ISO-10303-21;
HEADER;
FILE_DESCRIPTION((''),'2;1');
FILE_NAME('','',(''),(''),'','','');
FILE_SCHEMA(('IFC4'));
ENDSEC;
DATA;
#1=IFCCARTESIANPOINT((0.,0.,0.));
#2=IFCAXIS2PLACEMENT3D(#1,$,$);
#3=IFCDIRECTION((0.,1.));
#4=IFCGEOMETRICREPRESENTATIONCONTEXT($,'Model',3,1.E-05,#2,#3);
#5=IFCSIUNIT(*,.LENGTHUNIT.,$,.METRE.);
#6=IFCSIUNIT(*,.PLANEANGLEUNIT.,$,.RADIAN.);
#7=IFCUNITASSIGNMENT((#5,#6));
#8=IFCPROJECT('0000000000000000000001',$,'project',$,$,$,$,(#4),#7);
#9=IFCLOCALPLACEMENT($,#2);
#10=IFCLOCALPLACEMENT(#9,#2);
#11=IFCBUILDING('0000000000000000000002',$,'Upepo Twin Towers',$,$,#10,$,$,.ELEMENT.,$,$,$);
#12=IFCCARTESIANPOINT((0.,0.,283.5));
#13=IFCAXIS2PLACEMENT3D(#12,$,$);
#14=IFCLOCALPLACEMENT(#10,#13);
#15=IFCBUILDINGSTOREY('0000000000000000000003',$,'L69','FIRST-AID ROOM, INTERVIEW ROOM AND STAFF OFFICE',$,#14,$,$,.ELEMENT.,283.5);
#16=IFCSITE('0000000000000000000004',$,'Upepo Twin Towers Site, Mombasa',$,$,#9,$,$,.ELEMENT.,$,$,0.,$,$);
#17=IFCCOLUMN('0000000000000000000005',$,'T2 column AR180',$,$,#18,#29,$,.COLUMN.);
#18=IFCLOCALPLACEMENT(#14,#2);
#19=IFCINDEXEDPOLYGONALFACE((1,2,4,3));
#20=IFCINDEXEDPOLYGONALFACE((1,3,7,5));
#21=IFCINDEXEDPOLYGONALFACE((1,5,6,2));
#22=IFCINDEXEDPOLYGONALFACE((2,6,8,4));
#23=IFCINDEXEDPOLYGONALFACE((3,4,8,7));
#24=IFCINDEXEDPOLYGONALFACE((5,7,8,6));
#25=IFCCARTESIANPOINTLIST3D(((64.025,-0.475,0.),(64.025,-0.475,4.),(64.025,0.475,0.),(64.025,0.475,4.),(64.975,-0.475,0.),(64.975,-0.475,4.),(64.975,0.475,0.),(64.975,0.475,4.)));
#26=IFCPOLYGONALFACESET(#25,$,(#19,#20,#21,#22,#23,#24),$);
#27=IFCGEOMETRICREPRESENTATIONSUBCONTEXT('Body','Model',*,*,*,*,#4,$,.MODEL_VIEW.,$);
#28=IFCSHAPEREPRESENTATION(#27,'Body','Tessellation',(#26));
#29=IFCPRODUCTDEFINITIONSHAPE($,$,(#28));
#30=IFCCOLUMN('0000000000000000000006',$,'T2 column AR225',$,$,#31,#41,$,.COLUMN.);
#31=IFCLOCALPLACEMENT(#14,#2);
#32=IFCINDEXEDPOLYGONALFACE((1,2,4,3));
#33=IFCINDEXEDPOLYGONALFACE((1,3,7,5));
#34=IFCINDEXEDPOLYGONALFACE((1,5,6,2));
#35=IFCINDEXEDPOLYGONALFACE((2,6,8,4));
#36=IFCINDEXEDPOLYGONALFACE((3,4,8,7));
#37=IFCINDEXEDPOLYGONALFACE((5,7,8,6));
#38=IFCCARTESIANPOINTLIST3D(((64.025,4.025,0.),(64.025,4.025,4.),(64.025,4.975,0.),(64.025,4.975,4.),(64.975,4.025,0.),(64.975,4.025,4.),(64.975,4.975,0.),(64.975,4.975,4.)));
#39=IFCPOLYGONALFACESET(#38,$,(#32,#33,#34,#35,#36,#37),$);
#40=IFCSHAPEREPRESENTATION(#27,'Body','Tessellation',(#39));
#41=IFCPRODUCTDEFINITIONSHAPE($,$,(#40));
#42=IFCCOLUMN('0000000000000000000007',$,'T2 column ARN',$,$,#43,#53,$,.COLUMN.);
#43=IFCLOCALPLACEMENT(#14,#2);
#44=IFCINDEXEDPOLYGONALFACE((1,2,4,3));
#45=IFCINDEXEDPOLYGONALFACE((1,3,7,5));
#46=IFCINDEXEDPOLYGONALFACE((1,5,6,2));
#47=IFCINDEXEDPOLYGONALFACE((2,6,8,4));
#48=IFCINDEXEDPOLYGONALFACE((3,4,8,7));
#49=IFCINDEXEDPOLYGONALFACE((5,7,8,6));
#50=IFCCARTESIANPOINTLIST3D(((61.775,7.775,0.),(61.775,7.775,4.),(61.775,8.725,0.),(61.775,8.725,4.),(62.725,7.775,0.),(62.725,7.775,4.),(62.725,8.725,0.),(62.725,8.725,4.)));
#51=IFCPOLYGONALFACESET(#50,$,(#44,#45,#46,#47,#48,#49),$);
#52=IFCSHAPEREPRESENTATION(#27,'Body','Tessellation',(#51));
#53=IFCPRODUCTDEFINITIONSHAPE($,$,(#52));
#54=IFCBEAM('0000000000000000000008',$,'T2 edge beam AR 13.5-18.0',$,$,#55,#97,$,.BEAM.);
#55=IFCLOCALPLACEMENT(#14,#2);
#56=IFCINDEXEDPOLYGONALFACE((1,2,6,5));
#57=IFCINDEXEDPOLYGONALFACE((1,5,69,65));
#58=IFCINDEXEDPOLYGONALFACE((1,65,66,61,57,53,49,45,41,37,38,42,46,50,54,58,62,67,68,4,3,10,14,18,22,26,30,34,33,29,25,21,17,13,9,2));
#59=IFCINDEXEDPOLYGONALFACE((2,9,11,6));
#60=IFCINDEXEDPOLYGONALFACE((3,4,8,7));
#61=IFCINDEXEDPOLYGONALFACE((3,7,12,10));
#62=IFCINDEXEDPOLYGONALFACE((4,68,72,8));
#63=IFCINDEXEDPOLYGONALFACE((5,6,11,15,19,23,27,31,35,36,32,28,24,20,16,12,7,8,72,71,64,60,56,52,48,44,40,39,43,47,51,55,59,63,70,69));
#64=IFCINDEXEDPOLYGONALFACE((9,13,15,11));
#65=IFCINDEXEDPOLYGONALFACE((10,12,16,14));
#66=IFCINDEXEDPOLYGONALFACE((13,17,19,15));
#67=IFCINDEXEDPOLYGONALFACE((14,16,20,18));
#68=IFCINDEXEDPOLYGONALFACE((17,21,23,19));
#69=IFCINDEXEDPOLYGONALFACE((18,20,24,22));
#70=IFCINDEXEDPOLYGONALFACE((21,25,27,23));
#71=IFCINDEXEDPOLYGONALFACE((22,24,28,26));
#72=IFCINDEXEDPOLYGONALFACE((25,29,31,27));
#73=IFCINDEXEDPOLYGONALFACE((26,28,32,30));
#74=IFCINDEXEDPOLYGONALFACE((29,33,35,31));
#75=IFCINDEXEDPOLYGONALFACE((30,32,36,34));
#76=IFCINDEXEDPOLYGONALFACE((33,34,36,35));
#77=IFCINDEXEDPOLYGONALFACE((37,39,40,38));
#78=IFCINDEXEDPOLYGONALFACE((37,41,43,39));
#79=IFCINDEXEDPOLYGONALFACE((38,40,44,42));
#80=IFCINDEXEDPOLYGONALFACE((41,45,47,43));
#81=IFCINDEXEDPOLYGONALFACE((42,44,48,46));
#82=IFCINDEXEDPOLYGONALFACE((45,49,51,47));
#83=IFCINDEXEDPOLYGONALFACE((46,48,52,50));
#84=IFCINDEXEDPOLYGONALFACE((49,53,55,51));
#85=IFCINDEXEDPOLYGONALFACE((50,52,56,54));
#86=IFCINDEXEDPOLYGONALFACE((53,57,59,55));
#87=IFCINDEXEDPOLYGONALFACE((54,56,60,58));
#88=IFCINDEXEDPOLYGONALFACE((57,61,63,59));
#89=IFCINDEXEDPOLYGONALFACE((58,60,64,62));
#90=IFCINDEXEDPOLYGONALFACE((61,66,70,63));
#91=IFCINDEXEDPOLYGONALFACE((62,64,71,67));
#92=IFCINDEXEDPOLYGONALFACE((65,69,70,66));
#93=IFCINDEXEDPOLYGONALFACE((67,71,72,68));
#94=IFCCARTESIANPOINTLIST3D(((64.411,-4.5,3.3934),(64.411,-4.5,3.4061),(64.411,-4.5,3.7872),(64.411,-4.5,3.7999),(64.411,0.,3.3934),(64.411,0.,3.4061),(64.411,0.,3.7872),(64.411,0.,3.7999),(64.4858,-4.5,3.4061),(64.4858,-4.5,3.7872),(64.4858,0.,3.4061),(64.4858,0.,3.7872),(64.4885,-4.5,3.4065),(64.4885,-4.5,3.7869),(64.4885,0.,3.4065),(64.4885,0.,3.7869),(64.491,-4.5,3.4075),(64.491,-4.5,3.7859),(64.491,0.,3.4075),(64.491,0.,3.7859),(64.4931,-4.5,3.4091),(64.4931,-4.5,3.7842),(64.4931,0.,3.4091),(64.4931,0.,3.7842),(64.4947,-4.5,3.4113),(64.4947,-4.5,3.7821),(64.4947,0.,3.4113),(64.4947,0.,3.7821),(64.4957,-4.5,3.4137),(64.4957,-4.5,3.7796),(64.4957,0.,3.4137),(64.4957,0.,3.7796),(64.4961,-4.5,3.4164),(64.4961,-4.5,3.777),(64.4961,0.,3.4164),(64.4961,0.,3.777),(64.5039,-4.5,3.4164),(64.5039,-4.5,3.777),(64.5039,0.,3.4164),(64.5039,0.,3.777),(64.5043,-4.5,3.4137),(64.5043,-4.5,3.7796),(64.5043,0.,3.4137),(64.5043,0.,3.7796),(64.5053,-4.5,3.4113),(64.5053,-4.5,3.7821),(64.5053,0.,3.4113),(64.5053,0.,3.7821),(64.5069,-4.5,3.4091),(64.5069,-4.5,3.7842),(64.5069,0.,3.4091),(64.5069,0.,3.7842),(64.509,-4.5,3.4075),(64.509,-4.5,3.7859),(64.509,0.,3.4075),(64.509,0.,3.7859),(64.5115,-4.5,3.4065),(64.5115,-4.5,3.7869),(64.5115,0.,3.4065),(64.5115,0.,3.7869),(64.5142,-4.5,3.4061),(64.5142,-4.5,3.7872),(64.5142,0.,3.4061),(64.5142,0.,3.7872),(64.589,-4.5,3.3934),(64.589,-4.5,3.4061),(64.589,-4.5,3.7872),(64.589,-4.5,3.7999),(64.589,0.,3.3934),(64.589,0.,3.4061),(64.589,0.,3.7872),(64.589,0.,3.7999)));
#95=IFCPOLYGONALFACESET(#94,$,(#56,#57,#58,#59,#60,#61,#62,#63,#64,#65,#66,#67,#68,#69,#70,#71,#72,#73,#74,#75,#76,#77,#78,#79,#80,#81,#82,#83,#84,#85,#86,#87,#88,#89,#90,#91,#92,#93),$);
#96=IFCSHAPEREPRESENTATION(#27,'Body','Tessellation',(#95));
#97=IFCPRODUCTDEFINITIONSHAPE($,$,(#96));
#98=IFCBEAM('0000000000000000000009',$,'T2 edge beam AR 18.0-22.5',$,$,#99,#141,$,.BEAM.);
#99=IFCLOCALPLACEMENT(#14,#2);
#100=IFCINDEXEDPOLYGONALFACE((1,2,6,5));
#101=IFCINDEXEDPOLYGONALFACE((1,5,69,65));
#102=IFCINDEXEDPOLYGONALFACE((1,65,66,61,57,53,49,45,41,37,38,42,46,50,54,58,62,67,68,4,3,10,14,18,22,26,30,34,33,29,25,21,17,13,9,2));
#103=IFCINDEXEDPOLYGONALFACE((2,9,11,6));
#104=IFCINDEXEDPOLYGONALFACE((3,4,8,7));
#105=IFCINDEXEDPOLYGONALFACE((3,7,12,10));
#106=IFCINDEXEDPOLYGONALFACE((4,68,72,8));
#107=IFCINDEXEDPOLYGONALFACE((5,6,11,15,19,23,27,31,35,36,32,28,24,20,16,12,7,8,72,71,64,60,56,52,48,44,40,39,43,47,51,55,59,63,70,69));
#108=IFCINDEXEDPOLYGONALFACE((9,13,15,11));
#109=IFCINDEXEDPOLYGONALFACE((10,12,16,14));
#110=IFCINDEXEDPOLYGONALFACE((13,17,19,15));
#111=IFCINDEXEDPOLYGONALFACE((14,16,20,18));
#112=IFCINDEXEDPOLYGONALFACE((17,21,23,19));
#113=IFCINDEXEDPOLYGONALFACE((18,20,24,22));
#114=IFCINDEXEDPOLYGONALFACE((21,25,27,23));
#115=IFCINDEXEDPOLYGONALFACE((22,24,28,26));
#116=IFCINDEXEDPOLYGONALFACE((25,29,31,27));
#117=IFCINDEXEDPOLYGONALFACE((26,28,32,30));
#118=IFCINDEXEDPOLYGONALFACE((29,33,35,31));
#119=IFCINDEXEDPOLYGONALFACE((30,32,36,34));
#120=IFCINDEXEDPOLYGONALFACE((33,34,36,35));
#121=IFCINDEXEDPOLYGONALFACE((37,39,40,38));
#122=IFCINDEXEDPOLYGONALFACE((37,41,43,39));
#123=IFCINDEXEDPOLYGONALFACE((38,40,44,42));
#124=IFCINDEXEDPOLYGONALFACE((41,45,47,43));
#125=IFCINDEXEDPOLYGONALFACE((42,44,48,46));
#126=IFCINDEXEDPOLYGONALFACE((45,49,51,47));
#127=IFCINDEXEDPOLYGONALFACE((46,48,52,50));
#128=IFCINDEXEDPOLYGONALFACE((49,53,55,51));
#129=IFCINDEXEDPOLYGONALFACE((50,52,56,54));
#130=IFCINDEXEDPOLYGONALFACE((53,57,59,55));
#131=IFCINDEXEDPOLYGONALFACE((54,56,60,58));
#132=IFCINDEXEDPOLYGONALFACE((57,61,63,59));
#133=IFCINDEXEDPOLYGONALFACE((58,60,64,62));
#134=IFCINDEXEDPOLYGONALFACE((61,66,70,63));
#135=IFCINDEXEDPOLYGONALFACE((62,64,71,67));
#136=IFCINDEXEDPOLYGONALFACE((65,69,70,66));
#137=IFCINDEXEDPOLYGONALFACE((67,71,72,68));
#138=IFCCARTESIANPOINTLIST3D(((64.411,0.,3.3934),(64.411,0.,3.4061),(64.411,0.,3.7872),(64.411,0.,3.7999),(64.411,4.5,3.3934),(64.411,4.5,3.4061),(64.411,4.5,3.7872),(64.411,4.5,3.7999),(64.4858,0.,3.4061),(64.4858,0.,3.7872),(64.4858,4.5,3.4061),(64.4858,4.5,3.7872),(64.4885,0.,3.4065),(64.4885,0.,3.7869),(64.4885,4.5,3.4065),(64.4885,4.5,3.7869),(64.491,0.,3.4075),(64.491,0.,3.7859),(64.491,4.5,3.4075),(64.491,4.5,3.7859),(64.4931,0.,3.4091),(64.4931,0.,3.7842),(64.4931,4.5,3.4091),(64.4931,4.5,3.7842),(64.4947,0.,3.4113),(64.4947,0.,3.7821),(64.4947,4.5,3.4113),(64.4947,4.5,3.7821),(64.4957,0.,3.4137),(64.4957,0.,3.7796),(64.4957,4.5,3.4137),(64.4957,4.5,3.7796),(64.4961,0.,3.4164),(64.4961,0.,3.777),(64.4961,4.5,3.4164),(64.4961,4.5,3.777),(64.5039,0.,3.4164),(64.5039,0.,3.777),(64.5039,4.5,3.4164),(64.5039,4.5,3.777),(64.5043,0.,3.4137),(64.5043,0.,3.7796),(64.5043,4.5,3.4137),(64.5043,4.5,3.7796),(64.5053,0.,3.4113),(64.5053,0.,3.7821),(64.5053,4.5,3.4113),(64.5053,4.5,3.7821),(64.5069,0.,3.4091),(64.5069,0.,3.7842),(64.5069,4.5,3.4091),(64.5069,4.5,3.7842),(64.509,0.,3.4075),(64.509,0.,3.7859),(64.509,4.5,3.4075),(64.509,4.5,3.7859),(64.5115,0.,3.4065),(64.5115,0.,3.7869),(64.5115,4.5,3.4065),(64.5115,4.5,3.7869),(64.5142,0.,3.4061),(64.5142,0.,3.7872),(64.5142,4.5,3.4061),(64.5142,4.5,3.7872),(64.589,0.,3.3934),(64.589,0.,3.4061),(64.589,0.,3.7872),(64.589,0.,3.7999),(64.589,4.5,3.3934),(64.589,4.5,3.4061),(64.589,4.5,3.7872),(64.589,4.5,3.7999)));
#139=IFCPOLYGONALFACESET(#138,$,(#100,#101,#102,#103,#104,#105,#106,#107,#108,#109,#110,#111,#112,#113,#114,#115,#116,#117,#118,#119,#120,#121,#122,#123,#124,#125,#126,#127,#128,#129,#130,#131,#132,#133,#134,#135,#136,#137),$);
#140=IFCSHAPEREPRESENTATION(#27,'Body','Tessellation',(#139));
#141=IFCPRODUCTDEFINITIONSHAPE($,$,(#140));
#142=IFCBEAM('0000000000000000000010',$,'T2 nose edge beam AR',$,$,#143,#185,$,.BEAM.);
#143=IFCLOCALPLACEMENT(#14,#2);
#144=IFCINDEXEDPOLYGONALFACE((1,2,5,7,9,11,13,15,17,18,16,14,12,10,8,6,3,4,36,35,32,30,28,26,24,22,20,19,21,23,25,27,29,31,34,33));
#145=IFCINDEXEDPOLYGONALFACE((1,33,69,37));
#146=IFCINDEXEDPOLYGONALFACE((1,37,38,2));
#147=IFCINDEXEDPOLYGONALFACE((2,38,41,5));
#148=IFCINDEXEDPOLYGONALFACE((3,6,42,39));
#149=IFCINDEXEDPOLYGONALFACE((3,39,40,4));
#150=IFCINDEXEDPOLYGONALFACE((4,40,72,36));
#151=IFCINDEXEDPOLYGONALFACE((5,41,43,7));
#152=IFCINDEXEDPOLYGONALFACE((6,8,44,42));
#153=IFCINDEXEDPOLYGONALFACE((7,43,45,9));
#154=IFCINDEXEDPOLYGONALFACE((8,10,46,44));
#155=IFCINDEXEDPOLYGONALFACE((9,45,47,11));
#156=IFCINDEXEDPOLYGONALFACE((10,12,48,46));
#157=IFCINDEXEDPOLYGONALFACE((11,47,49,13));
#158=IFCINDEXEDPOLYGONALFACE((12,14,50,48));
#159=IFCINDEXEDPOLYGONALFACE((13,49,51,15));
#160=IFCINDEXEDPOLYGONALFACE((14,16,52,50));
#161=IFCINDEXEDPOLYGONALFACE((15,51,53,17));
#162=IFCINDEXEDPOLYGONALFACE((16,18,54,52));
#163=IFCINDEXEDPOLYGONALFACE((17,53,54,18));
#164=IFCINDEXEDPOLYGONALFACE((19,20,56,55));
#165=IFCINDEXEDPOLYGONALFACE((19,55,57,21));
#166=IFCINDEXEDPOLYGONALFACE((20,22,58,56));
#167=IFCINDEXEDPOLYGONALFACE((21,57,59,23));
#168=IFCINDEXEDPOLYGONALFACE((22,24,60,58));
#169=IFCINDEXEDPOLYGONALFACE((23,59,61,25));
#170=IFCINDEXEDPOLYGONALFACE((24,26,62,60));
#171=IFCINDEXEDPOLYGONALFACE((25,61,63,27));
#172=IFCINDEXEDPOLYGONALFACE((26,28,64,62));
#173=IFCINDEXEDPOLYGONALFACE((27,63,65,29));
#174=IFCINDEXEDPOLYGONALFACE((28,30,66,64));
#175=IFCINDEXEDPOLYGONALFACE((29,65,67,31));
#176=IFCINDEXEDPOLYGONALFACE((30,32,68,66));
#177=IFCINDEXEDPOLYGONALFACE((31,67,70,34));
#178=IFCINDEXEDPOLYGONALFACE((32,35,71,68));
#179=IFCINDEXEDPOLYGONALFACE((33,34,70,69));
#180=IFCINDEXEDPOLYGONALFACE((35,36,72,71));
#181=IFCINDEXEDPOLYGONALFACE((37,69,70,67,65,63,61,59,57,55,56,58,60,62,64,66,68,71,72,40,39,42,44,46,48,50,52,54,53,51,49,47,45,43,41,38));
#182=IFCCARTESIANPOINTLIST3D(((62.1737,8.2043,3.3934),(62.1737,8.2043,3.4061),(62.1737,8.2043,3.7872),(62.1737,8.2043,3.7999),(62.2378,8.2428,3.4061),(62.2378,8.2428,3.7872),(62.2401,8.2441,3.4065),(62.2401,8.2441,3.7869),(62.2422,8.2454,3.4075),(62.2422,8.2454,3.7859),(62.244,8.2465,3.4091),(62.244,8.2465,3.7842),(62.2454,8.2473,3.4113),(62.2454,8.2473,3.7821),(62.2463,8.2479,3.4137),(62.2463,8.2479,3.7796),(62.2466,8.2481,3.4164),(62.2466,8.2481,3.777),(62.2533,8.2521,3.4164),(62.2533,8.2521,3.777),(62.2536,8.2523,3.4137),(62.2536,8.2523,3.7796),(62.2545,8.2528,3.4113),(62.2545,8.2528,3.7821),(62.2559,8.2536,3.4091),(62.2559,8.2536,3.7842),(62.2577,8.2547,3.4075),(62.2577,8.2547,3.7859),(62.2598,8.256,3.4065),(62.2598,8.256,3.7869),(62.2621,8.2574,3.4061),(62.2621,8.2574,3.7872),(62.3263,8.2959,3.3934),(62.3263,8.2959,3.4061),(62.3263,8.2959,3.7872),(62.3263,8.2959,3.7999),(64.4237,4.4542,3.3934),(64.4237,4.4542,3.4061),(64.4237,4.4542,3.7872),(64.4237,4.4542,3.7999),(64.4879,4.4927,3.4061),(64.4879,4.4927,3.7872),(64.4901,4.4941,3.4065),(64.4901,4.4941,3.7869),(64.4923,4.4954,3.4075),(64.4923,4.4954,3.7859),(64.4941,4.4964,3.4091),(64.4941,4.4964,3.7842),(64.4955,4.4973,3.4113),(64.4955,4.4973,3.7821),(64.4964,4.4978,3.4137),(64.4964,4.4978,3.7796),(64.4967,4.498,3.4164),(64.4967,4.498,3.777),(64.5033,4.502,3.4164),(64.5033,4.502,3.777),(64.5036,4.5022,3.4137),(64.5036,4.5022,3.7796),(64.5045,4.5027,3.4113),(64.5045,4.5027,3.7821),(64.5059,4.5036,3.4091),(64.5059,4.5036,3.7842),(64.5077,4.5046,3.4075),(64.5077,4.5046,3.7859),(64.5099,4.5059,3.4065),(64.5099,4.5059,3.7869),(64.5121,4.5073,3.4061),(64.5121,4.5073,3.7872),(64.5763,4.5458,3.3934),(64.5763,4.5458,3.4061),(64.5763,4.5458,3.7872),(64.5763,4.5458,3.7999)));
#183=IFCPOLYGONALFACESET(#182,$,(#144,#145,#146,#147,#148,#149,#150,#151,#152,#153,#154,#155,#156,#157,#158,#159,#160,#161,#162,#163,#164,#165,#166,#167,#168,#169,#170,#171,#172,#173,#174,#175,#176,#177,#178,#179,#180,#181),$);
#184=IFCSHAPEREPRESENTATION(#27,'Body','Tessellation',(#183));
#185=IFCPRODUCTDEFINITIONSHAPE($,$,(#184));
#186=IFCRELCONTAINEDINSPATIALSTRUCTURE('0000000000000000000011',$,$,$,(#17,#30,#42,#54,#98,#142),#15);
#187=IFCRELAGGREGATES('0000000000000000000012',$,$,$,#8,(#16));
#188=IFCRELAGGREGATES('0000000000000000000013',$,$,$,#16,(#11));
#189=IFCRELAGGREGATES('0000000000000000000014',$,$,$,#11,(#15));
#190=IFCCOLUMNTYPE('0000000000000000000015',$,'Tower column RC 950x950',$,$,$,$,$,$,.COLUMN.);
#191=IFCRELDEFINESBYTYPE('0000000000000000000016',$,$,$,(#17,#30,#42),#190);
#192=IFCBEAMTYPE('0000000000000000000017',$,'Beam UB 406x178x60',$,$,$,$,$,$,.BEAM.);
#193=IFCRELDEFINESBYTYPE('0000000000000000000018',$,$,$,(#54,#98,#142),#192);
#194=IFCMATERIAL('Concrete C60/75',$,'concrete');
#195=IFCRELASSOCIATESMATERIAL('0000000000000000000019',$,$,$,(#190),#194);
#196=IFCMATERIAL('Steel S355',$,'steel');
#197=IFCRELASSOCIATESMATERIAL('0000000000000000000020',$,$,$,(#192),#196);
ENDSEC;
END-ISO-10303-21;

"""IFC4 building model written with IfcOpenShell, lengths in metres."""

from ifc_helpers import new_model, si_unit, direction, frame, origin, origin_2d, place, context, subcontext, project, spatial, rectangle, i_section, extrude, material, material_profile, profile_set, type_object, element, save


model = new_model("IFC4")

# Units and contexts
model_context = context("Model", 3, precision=1e-05, world=origin(), true_north=direction((0.0, 1.0)))
body_context = subcontext(model_context, "Body", "Model", "MODEL_VIEW")
ifc_project = project(units=[si_unit("LENGTHUNIT", "METRE"), si_unit("PLANEANGLEUNIT", "RADIAN")], contexts=[model_context])

# Site, building, storey
site_placement = place(None, origin())
site = spatial("IfcSite", under=ifc_project, at=site_placement, Name="Upepo Twin Towers Site, Mombasa", CompositionType="ELEMENT", RefElevation=0.0)
building_placement = place(site_placement, origin())
building = spatial("IfcBuilding", under=site, at=building_placement, Name="Upepo Twin Towers", CompositionType="ELEMENT")
storey_placement = place(building_placement, frame((0.0, 0.0, 283.5)))
storey = spatial("IfcBuildingStorey", under=building, at=storey_placement, Name="L69", Description="FIRST-AID ROOM, INTERVIEW ROOM AND STAFF OFFICE", CompositionType="ELEMENT", Elevation=283.5)

# Columns
ifc_material_1 = material(Name="Concrete C60/75", Category="concrete")
ifc_material_profile_1 = material_profile(ifc_material_1, rectangle(XDim=0.95, YDim=0.95, at=origin_2d()), Name="RC 950x950")
ifc_profile_set_1 = profile_set([ifc_material_profile_1], Name="Concrete C60/75")
column_type = type_object("IfcColumnType", Name="Tower column RC 950x950", PredefinedType="COLUMN", material=ifc_profile_set_1)
for number, where, z_axis, x_axis, name in (
    (1, (64.5, 0.0, 0.0), (0.0, 0.0, 1.0), (1.0, 0.0, 0.0), "T2 column AR180"),
    (2, (64.5, 4.5, 0.0), (0.0, 0.0, 1.0), (1.0, 0.0, 0.0), "T2 column AR225"),
    (3, (62.25, 8.25, 0.0), (0.0, 0.0, 1.0), (1.0, 0.0, 0.0), "T2 column ARN"),
):
    element("IfcColumn", number, at=place(storey_placement, frame(where, z_axis=z_axis, x_axis=x_axis)), inside=storey, type_object=column_type, Name=name, PredefinedType="COLUMN", context=body_context, shape_type="SweptSolid", body=[
        extrude(rectangle(XDim=0.95, YDim=0.95, at=origin_2d()), origin(), (0.0, 0.0, 1.0), 4.0),
    ])

# Beams
ifc_material_2 = material(Name="Steel S355", Category="steel")
ifc_material_profile_2 = material_profile(ifc_material_2, i_section(OverallWidth=0.178, OverallDepth=0.4065, WebThickness=0.0078, FlangeThickness=0.0127, FilletRadius=0.0103, at=origin_2d()), Name="UB 406x178x60")
ifc_profile_set_2 = profile_set([ifc_material_profile_2], Name="Steel S355")
beam_type_1 = type_object("IfcBeamType", Name="Beam UB 406x178x60", PredefinedType="BEAM", material=ifc_profile_set_2)
for number, where, z_axis, x_axis, name in (
    (4, (64.5, -4.5, 3.5967), (0.0, 1.0, 0.0), (-1.0, 0.0, 0.0), "T2 edge beam AR 13.5-18.0"),
    (5, (64.5, 0.0, 3.5967), (0.0, 1.0, 0.0), (-1.0, 0.0, 0.0), "T2 edge beam AR 18.0-22.5"),
):
    element("IfcBeam", number, at=place(storey_placement, frame(where, z_axis=z_axis, x_axis=x_axis)), inside=storey, type_object=beam_type_1, Name=name, PredefinedType="BEAM", context=body_context, shape_type="SweptSolid", body=[
        extrude(i_section(OverallWidth=0.178, OverallDepth=0.4065, WebThickness=0.0078, FlangeThickness=0.0127, FilletRadius=0.0103, at=origin_2d()), origin(), (0.0, 0.0, 1.0), 4.5),
    ])
beam_1_placement = place(storey_placement, frame((64.5, 4.5, 3.5967), z_axis=(-0.514496, 0.857493, 0.0), x_axis=(-0.857493, -0.514496, 0.0)))
element("IfcBeam", 6, at=beam_1_placement, inside=storey, type_object=beam_type_1, Name="T2 nose edge beam AR", PredefinedType="BEAM", context=body_context, shape_type="SweptSolid", body=[
    extrude(i_section(OverallWidth=0.178, OverallDepth=0.4065, WebThickness=0.0078, FlangeThickness=0.0127, FilletRadius=0.0103, at=origin_2d()), origin(), (0.0, 0.0, 1.0), 4.3733),
])

save(model, "model.ifc")
